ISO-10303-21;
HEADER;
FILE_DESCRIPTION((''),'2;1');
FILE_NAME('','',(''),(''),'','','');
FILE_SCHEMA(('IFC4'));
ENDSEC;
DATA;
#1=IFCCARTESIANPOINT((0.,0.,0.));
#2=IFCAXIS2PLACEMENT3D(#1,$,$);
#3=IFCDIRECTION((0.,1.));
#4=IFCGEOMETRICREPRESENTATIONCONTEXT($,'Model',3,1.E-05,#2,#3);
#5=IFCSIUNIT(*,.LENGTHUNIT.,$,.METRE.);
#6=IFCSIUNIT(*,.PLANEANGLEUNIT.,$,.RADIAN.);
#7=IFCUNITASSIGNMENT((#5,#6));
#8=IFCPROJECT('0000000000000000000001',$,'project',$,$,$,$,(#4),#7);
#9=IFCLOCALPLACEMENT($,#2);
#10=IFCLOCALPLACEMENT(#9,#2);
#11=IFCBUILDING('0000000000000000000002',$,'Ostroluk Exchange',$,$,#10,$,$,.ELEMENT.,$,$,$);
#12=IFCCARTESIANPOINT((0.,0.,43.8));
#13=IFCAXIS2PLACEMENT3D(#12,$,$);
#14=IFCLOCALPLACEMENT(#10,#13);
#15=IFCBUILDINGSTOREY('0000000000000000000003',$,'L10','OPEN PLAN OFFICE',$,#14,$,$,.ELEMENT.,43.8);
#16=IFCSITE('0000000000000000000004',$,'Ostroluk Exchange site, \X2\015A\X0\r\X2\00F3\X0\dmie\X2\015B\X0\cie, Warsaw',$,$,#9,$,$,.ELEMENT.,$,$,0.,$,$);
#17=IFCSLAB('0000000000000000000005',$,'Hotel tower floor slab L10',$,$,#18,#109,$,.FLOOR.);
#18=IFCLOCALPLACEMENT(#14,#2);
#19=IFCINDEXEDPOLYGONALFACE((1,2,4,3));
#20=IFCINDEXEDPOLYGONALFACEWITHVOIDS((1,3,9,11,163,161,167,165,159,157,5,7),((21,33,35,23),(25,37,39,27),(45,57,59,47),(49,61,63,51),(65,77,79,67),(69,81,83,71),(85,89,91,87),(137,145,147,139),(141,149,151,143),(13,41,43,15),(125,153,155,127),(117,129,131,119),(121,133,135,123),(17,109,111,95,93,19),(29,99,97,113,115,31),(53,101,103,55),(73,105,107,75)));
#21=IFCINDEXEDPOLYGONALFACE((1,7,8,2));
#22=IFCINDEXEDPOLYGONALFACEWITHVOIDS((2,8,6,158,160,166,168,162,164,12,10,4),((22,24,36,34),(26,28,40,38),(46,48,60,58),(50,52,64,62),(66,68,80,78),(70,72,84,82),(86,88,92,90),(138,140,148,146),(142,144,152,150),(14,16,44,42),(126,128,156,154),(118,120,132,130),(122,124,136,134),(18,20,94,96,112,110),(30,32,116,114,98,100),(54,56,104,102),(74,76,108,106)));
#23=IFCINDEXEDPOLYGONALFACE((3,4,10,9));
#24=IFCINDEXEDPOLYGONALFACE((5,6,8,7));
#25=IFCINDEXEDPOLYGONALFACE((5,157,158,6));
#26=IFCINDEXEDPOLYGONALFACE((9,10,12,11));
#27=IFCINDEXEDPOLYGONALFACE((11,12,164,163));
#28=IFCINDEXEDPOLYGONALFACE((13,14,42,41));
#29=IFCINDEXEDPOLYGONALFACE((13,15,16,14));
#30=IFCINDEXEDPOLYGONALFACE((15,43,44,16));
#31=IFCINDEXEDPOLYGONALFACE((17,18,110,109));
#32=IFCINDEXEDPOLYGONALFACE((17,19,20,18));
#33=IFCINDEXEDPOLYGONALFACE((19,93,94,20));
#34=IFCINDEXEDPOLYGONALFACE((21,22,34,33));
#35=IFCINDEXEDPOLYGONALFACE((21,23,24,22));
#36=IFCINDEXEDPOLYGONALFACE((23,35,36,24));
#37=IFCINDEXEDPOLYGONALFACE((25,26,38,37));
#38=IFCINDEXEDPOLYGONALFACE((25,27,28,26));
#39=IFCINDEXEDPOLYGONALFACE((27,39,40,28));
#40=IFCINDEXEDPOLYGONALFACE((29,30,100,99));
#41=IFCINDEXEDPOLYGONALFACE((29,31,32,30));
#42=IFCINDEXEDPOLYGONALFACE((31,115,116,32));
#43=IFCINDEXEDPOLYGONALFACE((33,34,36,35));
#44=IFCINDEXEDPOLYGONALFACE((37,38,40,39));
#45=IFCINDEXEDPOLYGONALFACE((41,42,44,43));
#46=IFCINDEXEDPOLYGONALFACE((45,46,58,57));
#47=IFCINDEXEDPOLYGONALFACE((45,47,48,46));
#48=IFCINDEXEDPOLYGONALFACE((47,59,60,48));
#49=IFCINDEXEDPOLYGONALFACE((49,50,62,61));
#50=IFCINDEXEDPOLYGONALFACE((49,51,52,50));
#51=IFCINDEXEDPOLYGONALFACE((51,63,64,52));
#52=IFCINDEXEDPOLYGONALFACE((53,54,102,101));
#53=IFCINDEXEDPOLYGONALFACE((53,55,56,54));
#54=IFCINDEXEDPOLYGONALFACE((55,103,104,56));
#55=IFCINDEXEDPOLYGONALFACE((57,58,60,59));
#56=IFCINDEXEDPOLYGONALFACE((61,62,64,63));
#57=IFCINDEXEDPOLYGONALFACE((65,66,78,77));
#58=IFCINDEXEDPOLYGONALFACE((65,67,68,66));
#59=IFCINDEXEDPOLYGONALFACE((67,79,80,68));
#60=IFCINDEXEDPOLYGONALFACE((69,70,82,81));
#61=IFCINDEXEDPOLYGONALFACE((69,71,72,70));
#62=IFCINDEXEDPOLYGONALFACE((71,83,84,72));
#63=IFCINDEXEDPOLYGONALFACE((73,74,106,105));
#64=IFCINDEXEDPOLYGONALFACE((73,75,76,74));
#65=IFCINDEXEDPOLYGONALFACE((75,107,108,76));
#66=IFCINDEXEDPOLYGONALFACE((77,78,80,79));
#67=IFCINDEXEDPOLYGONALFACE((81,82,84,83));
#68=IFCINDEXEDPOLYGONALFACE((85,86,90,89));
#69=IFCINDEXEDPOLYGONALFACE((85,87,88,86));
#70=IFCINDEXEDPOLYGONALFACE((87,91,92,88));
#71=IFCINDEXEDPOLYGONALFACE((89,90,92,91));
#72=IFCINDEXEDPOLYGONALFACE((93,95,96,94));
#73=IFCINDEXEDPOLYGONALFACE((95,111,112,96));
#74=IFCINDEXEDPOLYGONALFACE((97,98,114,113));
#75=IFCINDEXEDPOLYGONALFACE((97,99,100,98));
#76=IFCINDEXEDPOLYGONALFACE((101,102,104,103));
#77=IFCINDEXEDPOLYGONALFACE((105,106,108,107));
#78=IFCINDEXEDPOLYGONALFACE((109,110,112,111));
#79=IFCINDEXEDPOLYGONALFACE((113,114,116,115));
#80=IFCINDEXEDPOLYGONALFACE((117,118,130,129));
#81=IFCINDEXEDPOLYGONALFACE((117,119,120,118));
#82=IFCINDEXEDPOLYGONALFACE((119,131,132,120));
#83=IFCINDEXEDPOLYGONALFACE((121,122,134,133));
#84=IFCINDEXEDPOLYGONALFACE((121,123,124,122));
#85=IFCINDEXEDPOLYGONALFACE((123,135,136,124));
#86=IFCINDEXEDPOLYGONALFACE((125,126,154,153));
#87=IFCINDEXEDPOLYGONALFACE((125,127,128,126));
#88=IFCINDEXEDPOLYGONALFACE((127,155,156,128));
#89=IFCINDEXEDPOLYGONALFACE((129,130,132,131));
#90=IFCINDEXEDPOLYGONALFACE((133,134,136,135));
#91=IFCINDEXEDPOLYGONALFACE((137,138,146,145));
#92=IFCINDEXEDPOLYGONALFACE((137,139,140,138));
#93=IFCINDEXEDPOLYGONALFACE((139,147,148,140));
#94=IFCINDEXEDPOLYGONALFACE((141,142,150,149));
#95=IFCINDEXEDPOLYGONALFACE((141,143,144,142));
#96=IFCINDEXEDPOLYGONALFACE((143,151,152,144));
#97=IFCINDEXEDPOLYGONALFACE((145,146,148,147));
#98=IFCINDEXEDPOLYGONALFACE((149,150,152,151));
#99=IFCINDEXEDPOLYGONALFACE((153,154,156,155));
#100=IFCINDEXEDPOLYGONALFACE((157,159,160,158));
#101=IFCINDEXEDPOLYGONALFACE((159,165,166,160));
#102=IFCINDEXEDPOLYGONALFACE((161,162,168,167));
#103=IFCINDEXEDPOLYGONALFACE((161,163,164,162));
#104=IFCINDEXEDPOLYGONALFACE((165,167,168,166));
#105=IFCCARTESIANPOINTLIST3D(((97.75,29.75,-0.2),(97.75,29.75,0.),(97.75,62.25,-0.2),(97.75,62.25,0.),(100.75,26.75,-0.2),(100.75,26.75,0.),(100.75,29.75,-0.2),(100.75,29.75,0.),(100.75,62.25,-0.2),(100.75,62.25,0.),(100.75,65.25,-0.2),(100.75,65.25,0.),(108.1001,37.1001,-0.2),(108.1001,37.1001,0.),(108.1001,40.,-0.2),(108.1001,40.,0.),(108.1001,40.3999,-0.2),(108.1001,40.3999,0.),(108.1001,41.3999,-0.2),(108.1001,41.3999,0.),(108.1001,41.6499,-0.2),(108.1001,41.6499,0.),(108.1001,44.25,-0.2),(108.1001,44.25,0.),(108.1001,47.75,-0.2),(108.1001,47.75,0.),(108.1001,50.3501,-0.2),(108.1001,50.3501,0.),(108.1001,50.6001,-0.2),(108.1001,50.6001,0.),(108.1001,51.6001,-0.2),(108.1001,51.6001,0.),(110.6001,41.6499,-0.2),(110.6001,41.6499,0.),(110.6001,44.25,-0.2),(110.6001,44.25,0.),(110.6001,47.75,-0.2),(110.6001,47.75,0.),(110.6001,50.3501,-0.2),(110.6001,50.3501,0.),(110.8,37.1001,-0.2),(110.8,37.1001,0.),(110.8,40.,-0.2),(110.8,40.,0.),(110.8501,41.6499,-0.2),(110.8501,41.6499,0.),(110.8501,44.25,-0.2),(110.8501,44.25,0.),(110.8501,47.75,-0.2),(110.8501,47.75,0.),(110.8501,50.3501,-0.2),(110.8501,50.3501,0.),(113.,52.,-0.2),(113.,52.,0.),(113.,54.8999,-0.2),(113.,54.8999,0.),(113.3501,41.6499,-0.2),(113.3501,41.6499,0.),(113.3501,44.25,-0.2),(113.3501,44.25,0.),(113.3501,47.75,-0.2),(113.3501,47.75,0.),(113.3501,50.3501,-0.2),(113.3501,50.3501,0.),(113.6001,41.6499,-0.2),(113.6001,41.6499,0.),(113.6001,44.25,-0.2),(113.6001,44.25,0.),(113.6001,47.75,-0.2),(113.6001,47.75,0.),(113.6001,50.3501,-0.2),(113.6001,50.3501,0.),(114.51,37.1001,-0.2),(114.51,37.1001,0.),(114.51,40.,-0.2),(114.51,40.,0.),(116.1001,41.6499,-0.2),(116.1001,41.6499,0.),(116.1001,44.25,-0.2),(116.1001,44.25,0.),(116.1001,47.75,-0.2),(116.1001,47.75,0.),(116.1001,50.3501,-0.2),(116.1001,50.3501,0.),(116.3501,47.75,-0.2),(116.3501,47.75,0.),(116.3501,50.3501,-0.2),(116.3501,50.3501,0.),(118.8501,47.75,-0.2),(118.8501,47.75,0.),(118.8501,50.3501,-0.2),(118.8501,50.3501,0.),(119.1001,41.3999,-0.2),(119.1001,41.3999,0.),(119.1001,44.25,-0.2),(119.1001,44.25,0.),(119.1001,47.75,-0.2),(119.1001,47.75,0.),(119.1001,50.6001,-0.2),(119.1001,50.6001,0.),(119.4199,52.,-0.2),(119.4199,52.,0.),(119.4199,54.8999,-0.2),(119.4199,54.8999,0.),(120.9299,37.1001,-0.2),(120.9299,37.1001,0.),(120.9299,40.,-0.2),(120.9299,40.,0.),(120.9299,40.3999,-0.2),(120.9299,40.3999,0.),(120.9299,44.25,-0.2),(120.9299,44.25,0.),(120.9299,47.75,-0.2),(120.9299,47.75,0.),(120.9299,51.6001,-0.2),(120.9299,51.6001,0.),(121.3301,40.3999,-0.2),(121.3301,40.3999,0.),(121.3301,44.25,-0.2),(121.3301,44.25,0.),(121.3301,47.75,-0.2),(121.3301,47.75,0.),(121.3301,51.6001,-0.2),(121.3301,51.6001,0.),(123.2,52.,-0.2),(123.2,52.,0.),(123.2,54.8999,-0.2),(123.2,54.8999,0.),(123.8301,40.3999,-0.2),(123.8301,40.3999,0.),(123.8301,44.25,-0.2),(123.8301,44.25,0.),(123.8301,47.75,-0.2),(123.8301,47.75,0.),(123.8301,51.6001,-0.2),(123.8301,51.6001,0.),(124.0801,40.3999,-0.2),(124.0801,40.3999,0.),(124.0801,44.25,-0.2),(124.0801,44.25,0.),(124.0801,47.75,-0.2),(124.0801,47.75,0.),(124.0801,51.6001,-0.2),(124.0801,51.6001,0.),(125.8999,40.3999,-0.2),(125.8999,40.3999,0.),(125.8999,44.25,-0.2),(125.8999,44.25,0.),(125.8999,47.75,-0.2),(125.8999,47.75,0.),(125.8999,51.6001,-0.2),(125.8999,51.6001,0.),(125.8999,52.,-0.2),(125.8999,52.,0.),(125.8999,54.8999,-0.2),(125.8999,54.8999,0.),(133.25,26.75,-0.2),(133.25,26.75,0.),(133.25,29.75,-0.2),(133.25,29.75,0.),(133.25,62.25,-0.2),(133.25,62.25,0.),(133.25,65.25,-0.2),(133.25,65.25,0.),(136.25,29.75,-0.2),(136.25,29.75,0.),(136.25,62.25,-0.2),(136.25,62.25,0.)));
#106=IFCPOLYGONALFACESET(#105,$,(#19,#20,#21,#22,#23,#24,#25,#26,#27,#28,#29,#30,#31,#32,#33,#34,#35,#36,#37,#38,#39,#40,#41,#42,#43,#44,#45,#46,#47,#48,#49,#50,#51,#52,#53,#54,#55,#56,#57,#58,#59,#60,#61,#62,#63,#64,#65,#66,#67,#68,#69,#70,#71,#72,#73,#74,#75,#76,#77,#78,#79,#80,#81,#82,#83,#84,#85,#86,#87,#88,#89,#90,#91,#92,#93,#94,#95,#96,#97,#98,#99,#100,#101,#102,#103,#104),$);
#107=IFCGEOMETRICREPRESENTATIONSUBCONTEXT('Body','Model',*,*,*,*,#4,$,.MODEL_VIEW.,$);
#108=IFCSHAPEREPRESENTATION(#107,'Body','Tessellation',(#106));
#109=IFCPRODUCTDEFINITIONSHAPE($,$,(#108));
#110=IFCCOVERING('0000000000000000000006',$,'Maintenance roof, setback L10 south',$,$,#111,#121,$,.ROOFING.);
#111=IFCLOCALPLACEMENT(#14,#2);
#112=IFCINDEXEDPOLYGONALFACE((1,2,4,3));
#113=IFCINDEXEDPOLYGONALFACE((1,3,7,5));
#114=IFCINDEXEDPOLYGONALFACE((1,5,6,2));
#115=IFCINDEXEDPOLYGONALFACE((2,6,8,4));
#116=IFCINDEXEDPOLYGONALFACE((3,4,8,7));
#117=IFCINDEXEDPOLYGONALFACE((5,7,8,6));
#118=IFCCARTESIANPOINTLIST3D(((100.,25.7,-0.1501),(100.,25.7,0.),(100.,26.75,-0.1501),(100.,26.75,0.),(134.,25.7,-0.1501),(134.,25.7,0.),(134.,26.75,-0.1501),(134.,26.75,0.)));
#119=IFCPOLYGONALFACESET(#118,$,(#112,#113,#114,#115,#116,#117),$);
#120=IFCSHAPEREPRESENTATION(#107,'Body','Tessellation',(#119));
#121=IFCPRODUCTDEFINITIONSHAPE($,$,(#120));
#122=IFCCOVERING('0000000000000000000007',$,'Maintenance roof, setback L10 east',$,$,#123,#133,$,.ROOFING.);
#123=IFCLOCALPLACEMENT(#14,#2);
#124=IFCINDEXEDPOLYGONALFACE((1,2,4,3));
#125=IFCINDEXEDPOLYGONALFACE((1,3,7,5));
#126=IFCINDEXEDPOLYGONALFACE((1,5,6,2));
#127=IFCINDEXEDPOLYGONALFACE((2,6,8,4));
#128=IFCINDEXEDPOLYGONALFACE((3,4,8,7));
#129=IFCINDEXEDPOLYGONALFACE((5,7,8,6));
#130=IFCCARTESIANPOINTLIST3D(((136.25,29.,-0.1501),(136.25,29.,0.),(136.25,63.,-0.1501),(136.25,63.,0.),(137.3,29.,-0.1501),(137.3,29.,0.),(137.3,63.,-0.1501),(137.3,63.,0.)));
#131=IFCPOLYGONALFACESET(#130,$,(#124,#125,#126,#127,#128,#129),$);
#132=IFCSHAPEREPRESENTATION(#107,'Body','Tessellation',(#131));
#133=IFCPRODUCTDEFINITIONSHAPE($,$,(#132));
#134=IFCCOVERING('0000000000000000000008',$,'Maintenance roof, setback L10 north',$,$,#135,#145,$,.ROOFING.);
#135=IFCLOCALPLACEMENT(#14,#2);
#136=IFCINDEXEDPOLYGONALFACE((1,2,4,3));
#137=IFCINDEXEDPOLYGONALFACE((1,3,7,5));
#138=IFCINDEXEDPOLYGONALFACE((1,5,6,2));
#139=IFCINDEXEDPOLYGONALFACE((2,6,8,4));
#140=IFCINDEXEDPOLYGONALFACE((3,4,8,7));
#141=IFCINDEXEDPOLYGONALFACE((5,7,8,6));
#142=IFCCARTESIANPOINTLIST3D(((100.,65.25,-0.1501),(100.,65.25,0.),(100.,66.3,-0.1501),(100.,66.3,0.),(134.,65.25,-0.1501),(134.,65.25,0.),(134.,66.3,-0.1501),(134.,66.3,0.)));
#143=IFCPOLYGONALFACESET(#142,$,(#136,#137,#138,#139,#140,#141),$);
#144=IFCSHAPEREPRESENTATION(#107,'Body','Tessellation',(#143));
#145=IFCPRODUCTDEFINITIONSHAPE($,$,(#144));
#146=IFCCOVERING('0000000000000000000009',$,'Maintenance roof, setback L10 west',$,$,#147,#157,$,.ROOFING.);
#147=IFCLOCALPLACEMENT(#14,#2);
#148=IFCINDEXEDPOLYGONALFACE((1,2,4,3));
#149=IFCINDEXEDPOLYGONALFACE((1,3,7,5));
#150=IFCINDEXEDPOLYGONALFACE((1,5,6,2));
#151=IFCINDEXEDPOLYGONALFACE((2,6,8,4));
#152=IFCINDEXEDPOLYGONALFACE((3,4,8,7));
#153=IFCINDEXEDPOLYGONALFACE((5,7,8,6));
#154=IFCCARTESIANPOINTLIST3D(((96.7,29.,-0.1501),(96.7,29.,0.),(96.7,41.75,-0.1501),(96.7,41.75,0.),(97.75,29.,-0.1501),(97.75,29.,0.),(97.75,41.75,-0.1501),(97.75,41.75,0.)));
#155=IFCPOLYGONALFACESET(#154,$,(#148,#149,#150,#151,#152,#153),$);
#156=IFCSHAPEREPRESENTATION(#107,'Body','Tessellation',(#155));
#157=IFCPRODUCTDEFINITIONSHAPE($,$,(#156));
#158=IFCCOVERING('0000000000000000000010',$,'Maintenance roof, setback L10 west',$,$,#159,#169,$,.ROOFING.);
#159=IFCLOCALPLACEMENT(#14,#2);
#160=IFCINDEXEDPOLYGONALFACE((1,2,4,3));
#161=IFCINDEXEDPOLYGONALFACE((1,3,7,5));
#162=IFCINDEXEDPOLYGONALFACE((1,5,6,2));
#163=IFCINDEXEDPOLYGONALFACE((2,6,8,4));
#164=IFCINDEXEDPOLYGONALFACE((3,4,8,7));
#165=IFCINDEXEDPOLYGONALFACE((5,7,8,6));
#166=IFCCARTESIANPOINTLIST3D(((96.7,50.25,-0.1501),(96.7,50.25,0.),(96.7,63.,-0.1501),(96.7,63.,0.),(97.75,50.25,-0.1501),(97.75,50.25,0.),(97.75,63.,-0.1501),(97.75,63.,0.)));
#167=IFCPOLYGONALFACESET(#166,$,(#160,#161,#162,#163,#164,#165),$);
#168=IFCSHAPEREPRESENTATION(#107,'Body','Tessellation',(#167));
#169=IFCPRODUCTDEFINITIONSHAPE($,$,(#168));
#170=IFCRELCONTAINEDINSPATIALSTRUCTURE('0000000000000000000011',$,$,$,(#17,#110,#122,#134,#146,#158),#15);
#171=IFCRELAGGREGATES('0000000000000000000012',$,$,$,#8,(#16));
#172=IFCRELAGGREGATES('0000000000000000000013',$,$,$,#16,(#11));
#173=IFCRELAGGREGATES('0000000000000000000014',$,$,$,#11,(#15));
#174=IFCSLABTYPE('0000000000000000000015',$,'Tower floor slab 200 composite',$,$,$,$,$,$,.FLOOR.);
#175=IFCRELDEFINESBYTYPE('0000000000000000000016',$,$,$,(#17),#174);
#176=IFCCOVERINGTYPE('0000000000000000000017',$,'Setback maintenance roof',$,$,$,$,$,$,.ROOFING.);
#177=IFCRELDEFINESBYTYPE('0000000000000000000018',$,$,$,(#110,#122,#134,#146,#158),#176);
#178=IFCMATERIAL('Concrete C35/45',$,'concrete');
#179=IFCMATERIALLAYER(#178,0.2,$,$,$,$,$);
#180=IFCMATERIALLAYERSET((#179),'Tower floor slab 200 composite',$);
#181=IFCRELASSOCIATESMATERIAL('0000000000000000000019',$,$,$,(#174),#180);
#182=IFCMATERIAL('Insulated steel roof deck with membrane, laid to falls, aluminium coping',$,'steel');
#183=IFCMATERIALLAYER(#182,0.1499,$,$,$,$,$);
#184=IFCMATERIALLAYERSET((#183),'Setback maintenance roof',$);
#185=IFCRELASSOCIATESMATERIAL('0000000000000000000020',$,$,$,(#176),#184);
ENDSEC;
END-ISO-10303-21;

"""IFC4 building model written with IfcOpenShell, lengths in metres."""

from ifc_helpers import new_model, si_unit, direction, frame, origin, place, context, subcontext, project, spatial, polyline, outline, extrude, material, layer, layer_set, type_object, element, save


model = new_model("IFC4")

# Units and contexts
model_context = context("Model", 3, precision=1e-05, world=origin(), true_north=direction((0.0, 1.0)))
body_context = subcontext(model_context, "Body", "Model", "MODEL_VIEW")
ifc_project = project(units=[si_unit("LENGTHUNIT", "METRE"), si_unit("PLANEANGLEUNIT", "RADIAN")], contexts=[model_context])

# Site, building, storey
site_placement = place(None, origin())
site = spatial("IfcSite", under=ifc_project, at=site_placement, Name="Ostroluk Exchange site, Śródmieście, Warsaw", CompositionType="ELEMENT", RefElevation=0.0)
building_placement = place(site_placement, origin())
building = spatial("IfcBuilding", under=site, at=building_placement, Name="Ostroluk Exchange", CompositionType="ELEMENT")
storey_placement = place(building_placement, frame((0.0, 0.0, 43.8)))
storey = spatial("IfcBuildingStorey", under=building, at=storey_placement, Name="L10", Description="OPEN PLAN OFFICE", CompositionType="ELEMENT", Elevation=43.8)

# Slab
ifc_material_1 = material(Name="Concrete C35/45", Category="concrete")
ifc_layer_1 = layer(ifc_material_1, 0.2)
ifc_layer_set_1 = layer_set([ifc_layer_1], Name="Tower floor slab 200 composite")
slab_type_1 = type_object("IfcSlabType", Name="Tower floor slab 200 composite", PredefinedType="FLOOR", material=ifc_layer_set_1)
slab_1_placement = place(storey_placement, frame((0.0, 0.0, -0.2)))
element("IfcSlab", 1, at=slab_1_placement, inside=storey, type_object=slab_type_1, Name="Hotel tower floor slab L10", PredefinedType="FLOOR", context=body_context, shape_type="SweptSolid", body=[
    extrude(outline(polyline([(100.75, 26.75), (133.25, 26.75), (133.25, 29.75), (136.25, 29.75), (136.25, 62.25), (133.25, 62.25), (133.25, 65.25), (100.75, 65.25), (100.75, 62.25), (97.75, 62.25), (97.75, 29.75), (100.75, 29.75), (100.75, 26.75)]), holes=[polyline([(108.1001, 37.1001), (110.8, 37.1001), (110.8, 40.0), (108.1001, 40.0), (108.1001, 37.1001)]), polyline([(114.51, 37.1001), (120.9299, 37.1001), (120.9299, 40.0), (114.51, 40.0), (114.51, 37.1001)]), polyline([(113.0, 52.0), (119.4199, 52.0), (119.4199, 54.8999), (113.0, 54.8999), (113.0, 52.0)]), polyline([(123.2, 52.0), (125.8999, 52.0), (125.8999, 54.8999), (123.2, 54.8999), (123.2, 52.0)]), polyline([(108.1001, 47.75), (110.6001, 47.75), (110.6001, 50.3501), (108.1001, 50.3501), (108.1001, 47.75)]), polyline([(110.8501, 47.75), (113.3501, 47.75), (113.3501, 50.3501), (110.8501, 50.3501), (110.8501, 47.75)]), polyline([(113.6001, 47.75), (116.1001, 47.75), (116.1001, 50.3501), (113.6001, 50.3501), (113.6001, 47.75)]), polyline([(116.3501, 47.75), (118.8501, 47.75), (118.8501, 50.3501), (116.3501, 50.3501), (116.3501, 47.75)]), polyline([(108.1001, 41.6499), (110.6001, 41.6499), (110.6001, 44.25), (108.1001, 44.25), (108.1001, 41.6499)]), polyline([(110.8501, 41.6499), (113.3501, 41.6499), (113.3501, 44.25), (110.8501, 44.25), (110.8501, 41.6499)]), polyline([(113.6001, 41.6499), (116.1001, 41.6499), (116.1001, 44.25), (113.6001, 44.25), (113.6001, 41.6499)]), polyline([(121.3301, 47.75), (123.8301, 47.75), (123.8301, 51.6001), (121.3301, 51.6001), (121.3301, 47.75)]), polyline([(121.3301, 40.3999), (123.8301, 40.3999), (123.8301, 44.25), (121.3301, 44.25), (121.3301, 40.3999)]), polyline([(120.9299, 51.6001), (120.9299, 47.75), (119.1001, 47.75), (119.1001, 50.6001), (108.1001, 50.6001), (108.1001, 51.6001), (120.9299, 51.6001)]), polyline([(108.1001, 40.3999), (108.1001, 41.3999), (119.1001, 41.3999), (119.1001, 44.25), (120.9299, 44.25), (120.9299, 40.3999), (108.1001, 40.3999)]), polyline([(124.0801, 47.75), (125.8999, 47.75), (125.8999, 51.6001), (124.0801, 51.6001), (124.0801, 47.75)]), polyline([(124.0801, 40.3999), (125.8999, 40.3999), (125.8999, 44.25), (124.0801, 44.25), (124.0801, 40.3999)])]), origin(), (0.0, 0.0, 1.0), 0.2),
])

# Coverings
ifc_material_2 = material(Name="Insulated steel roof deck with membrane, laid to falls, aluminium coping", Category="steel")
ifc_layer_2 = layer(ifc_material_2, 0.1499)
ifc_layer_set_2 = layer_set([ifc_layer_2], Name="Setback maintenance roof")
covering_type = type_object("IfcCoveringType", Name="Setback maintenance roof", PredefinedType="ROOFING", material=ifc_layer_set_2)
covering_1_placement = place(storey_placement, frame((0.0, 0.0, -0.1501)))
element("IfcCovering", 2, at=covering_1_placement, inside=storey, type_object=covering_type, Name="Maintenance roof, setback L10 south", PredefinedType="ROOFING", context=body_context, shape_type="SweptSolid", body=[
    extrude(outline(polyline([(100.0, 26.75), (134.0, 26.75), (134.0, 25.7), (100.0, 25.7), (100.0, 26.75)])), origin(), (0.0, 0.0, 1.0), 0.1501),
])
covering_2_placement = place(storey_placement, frame((0.0, 0.0, -0.1501)))
element("IfcCovering", 3, at=covering_2_placement, inside=storey, type_object=covering_type, Name="Maintenance roof, setback L10 east", PredefinedType="ROOFING", context=body_context, shape_type="SweptSolid", body=[
    extrude(outline(polyline([(136.25, 63.0), (137.3, 63.0), (137.3, 29.0), (136.25, 29.0), (136.25, 63.0)])), origin(), (0.0, 0.0, 1.0), 0.1501),
])
covering_3_placement = place(storey_placement, frame((0.0, 0.0, -0.1501)))
element("IfcCovering", 4, at=covering_3_placement, inside=storey, type_object=covering_type, Name="Maintenance roof, setback L10 north", PredefinedType="ROOFING", context=body_context, shape_type="SweptSolid", body=[
    extrude(outline(polyline([(100.0, 66.3), (134.0, 66.3), (134.0, 65.25), (100.0, 65.25), (100.0, 66.3)])), origin(), (0.0, 0.0, 1.0), 0.1501),
])
covering_4_placement = place(storey_placement, frame((0.0, 0.0, -0.1501)))
element("IfcCovering", 5, at=covering_4_placement, inside=storey, type_object=covering_type, Name="Maintenance roof, setback L10 west", PredefinedType="ROOFING", context=body_context, shape_type="SweptSolid", body=[
    extrude(outline(polyline([(96.7, 41.75), (97.75, 41.75), (97.75, 29.0), (96.7, 29.0), (96.7, 41.75)])), origin(), (0.0, 0.0, 1.0), 0.1501),
])
covering_5_placement = place(storey_placement, frame((0.0, 0.0, -0.1501)))
element("IfcCovering", 6, at=covering_5_placement, inside=storey, type_object=covering_type, Name="Maintenance roof, setback L10 west", PredefinedType="ROOFING", context=body_context, shape_type="SweptSolid", body=[
    extrude(outline(polyline([(96.7, 63.0), (97.75, 63.0), (97.75, 50.25), (96.7, 50.25), (96.7, 63.0)])), origin(), (0.0, 0.0, 1.0), 0.1501),
])

save(model, "model.ifc")
